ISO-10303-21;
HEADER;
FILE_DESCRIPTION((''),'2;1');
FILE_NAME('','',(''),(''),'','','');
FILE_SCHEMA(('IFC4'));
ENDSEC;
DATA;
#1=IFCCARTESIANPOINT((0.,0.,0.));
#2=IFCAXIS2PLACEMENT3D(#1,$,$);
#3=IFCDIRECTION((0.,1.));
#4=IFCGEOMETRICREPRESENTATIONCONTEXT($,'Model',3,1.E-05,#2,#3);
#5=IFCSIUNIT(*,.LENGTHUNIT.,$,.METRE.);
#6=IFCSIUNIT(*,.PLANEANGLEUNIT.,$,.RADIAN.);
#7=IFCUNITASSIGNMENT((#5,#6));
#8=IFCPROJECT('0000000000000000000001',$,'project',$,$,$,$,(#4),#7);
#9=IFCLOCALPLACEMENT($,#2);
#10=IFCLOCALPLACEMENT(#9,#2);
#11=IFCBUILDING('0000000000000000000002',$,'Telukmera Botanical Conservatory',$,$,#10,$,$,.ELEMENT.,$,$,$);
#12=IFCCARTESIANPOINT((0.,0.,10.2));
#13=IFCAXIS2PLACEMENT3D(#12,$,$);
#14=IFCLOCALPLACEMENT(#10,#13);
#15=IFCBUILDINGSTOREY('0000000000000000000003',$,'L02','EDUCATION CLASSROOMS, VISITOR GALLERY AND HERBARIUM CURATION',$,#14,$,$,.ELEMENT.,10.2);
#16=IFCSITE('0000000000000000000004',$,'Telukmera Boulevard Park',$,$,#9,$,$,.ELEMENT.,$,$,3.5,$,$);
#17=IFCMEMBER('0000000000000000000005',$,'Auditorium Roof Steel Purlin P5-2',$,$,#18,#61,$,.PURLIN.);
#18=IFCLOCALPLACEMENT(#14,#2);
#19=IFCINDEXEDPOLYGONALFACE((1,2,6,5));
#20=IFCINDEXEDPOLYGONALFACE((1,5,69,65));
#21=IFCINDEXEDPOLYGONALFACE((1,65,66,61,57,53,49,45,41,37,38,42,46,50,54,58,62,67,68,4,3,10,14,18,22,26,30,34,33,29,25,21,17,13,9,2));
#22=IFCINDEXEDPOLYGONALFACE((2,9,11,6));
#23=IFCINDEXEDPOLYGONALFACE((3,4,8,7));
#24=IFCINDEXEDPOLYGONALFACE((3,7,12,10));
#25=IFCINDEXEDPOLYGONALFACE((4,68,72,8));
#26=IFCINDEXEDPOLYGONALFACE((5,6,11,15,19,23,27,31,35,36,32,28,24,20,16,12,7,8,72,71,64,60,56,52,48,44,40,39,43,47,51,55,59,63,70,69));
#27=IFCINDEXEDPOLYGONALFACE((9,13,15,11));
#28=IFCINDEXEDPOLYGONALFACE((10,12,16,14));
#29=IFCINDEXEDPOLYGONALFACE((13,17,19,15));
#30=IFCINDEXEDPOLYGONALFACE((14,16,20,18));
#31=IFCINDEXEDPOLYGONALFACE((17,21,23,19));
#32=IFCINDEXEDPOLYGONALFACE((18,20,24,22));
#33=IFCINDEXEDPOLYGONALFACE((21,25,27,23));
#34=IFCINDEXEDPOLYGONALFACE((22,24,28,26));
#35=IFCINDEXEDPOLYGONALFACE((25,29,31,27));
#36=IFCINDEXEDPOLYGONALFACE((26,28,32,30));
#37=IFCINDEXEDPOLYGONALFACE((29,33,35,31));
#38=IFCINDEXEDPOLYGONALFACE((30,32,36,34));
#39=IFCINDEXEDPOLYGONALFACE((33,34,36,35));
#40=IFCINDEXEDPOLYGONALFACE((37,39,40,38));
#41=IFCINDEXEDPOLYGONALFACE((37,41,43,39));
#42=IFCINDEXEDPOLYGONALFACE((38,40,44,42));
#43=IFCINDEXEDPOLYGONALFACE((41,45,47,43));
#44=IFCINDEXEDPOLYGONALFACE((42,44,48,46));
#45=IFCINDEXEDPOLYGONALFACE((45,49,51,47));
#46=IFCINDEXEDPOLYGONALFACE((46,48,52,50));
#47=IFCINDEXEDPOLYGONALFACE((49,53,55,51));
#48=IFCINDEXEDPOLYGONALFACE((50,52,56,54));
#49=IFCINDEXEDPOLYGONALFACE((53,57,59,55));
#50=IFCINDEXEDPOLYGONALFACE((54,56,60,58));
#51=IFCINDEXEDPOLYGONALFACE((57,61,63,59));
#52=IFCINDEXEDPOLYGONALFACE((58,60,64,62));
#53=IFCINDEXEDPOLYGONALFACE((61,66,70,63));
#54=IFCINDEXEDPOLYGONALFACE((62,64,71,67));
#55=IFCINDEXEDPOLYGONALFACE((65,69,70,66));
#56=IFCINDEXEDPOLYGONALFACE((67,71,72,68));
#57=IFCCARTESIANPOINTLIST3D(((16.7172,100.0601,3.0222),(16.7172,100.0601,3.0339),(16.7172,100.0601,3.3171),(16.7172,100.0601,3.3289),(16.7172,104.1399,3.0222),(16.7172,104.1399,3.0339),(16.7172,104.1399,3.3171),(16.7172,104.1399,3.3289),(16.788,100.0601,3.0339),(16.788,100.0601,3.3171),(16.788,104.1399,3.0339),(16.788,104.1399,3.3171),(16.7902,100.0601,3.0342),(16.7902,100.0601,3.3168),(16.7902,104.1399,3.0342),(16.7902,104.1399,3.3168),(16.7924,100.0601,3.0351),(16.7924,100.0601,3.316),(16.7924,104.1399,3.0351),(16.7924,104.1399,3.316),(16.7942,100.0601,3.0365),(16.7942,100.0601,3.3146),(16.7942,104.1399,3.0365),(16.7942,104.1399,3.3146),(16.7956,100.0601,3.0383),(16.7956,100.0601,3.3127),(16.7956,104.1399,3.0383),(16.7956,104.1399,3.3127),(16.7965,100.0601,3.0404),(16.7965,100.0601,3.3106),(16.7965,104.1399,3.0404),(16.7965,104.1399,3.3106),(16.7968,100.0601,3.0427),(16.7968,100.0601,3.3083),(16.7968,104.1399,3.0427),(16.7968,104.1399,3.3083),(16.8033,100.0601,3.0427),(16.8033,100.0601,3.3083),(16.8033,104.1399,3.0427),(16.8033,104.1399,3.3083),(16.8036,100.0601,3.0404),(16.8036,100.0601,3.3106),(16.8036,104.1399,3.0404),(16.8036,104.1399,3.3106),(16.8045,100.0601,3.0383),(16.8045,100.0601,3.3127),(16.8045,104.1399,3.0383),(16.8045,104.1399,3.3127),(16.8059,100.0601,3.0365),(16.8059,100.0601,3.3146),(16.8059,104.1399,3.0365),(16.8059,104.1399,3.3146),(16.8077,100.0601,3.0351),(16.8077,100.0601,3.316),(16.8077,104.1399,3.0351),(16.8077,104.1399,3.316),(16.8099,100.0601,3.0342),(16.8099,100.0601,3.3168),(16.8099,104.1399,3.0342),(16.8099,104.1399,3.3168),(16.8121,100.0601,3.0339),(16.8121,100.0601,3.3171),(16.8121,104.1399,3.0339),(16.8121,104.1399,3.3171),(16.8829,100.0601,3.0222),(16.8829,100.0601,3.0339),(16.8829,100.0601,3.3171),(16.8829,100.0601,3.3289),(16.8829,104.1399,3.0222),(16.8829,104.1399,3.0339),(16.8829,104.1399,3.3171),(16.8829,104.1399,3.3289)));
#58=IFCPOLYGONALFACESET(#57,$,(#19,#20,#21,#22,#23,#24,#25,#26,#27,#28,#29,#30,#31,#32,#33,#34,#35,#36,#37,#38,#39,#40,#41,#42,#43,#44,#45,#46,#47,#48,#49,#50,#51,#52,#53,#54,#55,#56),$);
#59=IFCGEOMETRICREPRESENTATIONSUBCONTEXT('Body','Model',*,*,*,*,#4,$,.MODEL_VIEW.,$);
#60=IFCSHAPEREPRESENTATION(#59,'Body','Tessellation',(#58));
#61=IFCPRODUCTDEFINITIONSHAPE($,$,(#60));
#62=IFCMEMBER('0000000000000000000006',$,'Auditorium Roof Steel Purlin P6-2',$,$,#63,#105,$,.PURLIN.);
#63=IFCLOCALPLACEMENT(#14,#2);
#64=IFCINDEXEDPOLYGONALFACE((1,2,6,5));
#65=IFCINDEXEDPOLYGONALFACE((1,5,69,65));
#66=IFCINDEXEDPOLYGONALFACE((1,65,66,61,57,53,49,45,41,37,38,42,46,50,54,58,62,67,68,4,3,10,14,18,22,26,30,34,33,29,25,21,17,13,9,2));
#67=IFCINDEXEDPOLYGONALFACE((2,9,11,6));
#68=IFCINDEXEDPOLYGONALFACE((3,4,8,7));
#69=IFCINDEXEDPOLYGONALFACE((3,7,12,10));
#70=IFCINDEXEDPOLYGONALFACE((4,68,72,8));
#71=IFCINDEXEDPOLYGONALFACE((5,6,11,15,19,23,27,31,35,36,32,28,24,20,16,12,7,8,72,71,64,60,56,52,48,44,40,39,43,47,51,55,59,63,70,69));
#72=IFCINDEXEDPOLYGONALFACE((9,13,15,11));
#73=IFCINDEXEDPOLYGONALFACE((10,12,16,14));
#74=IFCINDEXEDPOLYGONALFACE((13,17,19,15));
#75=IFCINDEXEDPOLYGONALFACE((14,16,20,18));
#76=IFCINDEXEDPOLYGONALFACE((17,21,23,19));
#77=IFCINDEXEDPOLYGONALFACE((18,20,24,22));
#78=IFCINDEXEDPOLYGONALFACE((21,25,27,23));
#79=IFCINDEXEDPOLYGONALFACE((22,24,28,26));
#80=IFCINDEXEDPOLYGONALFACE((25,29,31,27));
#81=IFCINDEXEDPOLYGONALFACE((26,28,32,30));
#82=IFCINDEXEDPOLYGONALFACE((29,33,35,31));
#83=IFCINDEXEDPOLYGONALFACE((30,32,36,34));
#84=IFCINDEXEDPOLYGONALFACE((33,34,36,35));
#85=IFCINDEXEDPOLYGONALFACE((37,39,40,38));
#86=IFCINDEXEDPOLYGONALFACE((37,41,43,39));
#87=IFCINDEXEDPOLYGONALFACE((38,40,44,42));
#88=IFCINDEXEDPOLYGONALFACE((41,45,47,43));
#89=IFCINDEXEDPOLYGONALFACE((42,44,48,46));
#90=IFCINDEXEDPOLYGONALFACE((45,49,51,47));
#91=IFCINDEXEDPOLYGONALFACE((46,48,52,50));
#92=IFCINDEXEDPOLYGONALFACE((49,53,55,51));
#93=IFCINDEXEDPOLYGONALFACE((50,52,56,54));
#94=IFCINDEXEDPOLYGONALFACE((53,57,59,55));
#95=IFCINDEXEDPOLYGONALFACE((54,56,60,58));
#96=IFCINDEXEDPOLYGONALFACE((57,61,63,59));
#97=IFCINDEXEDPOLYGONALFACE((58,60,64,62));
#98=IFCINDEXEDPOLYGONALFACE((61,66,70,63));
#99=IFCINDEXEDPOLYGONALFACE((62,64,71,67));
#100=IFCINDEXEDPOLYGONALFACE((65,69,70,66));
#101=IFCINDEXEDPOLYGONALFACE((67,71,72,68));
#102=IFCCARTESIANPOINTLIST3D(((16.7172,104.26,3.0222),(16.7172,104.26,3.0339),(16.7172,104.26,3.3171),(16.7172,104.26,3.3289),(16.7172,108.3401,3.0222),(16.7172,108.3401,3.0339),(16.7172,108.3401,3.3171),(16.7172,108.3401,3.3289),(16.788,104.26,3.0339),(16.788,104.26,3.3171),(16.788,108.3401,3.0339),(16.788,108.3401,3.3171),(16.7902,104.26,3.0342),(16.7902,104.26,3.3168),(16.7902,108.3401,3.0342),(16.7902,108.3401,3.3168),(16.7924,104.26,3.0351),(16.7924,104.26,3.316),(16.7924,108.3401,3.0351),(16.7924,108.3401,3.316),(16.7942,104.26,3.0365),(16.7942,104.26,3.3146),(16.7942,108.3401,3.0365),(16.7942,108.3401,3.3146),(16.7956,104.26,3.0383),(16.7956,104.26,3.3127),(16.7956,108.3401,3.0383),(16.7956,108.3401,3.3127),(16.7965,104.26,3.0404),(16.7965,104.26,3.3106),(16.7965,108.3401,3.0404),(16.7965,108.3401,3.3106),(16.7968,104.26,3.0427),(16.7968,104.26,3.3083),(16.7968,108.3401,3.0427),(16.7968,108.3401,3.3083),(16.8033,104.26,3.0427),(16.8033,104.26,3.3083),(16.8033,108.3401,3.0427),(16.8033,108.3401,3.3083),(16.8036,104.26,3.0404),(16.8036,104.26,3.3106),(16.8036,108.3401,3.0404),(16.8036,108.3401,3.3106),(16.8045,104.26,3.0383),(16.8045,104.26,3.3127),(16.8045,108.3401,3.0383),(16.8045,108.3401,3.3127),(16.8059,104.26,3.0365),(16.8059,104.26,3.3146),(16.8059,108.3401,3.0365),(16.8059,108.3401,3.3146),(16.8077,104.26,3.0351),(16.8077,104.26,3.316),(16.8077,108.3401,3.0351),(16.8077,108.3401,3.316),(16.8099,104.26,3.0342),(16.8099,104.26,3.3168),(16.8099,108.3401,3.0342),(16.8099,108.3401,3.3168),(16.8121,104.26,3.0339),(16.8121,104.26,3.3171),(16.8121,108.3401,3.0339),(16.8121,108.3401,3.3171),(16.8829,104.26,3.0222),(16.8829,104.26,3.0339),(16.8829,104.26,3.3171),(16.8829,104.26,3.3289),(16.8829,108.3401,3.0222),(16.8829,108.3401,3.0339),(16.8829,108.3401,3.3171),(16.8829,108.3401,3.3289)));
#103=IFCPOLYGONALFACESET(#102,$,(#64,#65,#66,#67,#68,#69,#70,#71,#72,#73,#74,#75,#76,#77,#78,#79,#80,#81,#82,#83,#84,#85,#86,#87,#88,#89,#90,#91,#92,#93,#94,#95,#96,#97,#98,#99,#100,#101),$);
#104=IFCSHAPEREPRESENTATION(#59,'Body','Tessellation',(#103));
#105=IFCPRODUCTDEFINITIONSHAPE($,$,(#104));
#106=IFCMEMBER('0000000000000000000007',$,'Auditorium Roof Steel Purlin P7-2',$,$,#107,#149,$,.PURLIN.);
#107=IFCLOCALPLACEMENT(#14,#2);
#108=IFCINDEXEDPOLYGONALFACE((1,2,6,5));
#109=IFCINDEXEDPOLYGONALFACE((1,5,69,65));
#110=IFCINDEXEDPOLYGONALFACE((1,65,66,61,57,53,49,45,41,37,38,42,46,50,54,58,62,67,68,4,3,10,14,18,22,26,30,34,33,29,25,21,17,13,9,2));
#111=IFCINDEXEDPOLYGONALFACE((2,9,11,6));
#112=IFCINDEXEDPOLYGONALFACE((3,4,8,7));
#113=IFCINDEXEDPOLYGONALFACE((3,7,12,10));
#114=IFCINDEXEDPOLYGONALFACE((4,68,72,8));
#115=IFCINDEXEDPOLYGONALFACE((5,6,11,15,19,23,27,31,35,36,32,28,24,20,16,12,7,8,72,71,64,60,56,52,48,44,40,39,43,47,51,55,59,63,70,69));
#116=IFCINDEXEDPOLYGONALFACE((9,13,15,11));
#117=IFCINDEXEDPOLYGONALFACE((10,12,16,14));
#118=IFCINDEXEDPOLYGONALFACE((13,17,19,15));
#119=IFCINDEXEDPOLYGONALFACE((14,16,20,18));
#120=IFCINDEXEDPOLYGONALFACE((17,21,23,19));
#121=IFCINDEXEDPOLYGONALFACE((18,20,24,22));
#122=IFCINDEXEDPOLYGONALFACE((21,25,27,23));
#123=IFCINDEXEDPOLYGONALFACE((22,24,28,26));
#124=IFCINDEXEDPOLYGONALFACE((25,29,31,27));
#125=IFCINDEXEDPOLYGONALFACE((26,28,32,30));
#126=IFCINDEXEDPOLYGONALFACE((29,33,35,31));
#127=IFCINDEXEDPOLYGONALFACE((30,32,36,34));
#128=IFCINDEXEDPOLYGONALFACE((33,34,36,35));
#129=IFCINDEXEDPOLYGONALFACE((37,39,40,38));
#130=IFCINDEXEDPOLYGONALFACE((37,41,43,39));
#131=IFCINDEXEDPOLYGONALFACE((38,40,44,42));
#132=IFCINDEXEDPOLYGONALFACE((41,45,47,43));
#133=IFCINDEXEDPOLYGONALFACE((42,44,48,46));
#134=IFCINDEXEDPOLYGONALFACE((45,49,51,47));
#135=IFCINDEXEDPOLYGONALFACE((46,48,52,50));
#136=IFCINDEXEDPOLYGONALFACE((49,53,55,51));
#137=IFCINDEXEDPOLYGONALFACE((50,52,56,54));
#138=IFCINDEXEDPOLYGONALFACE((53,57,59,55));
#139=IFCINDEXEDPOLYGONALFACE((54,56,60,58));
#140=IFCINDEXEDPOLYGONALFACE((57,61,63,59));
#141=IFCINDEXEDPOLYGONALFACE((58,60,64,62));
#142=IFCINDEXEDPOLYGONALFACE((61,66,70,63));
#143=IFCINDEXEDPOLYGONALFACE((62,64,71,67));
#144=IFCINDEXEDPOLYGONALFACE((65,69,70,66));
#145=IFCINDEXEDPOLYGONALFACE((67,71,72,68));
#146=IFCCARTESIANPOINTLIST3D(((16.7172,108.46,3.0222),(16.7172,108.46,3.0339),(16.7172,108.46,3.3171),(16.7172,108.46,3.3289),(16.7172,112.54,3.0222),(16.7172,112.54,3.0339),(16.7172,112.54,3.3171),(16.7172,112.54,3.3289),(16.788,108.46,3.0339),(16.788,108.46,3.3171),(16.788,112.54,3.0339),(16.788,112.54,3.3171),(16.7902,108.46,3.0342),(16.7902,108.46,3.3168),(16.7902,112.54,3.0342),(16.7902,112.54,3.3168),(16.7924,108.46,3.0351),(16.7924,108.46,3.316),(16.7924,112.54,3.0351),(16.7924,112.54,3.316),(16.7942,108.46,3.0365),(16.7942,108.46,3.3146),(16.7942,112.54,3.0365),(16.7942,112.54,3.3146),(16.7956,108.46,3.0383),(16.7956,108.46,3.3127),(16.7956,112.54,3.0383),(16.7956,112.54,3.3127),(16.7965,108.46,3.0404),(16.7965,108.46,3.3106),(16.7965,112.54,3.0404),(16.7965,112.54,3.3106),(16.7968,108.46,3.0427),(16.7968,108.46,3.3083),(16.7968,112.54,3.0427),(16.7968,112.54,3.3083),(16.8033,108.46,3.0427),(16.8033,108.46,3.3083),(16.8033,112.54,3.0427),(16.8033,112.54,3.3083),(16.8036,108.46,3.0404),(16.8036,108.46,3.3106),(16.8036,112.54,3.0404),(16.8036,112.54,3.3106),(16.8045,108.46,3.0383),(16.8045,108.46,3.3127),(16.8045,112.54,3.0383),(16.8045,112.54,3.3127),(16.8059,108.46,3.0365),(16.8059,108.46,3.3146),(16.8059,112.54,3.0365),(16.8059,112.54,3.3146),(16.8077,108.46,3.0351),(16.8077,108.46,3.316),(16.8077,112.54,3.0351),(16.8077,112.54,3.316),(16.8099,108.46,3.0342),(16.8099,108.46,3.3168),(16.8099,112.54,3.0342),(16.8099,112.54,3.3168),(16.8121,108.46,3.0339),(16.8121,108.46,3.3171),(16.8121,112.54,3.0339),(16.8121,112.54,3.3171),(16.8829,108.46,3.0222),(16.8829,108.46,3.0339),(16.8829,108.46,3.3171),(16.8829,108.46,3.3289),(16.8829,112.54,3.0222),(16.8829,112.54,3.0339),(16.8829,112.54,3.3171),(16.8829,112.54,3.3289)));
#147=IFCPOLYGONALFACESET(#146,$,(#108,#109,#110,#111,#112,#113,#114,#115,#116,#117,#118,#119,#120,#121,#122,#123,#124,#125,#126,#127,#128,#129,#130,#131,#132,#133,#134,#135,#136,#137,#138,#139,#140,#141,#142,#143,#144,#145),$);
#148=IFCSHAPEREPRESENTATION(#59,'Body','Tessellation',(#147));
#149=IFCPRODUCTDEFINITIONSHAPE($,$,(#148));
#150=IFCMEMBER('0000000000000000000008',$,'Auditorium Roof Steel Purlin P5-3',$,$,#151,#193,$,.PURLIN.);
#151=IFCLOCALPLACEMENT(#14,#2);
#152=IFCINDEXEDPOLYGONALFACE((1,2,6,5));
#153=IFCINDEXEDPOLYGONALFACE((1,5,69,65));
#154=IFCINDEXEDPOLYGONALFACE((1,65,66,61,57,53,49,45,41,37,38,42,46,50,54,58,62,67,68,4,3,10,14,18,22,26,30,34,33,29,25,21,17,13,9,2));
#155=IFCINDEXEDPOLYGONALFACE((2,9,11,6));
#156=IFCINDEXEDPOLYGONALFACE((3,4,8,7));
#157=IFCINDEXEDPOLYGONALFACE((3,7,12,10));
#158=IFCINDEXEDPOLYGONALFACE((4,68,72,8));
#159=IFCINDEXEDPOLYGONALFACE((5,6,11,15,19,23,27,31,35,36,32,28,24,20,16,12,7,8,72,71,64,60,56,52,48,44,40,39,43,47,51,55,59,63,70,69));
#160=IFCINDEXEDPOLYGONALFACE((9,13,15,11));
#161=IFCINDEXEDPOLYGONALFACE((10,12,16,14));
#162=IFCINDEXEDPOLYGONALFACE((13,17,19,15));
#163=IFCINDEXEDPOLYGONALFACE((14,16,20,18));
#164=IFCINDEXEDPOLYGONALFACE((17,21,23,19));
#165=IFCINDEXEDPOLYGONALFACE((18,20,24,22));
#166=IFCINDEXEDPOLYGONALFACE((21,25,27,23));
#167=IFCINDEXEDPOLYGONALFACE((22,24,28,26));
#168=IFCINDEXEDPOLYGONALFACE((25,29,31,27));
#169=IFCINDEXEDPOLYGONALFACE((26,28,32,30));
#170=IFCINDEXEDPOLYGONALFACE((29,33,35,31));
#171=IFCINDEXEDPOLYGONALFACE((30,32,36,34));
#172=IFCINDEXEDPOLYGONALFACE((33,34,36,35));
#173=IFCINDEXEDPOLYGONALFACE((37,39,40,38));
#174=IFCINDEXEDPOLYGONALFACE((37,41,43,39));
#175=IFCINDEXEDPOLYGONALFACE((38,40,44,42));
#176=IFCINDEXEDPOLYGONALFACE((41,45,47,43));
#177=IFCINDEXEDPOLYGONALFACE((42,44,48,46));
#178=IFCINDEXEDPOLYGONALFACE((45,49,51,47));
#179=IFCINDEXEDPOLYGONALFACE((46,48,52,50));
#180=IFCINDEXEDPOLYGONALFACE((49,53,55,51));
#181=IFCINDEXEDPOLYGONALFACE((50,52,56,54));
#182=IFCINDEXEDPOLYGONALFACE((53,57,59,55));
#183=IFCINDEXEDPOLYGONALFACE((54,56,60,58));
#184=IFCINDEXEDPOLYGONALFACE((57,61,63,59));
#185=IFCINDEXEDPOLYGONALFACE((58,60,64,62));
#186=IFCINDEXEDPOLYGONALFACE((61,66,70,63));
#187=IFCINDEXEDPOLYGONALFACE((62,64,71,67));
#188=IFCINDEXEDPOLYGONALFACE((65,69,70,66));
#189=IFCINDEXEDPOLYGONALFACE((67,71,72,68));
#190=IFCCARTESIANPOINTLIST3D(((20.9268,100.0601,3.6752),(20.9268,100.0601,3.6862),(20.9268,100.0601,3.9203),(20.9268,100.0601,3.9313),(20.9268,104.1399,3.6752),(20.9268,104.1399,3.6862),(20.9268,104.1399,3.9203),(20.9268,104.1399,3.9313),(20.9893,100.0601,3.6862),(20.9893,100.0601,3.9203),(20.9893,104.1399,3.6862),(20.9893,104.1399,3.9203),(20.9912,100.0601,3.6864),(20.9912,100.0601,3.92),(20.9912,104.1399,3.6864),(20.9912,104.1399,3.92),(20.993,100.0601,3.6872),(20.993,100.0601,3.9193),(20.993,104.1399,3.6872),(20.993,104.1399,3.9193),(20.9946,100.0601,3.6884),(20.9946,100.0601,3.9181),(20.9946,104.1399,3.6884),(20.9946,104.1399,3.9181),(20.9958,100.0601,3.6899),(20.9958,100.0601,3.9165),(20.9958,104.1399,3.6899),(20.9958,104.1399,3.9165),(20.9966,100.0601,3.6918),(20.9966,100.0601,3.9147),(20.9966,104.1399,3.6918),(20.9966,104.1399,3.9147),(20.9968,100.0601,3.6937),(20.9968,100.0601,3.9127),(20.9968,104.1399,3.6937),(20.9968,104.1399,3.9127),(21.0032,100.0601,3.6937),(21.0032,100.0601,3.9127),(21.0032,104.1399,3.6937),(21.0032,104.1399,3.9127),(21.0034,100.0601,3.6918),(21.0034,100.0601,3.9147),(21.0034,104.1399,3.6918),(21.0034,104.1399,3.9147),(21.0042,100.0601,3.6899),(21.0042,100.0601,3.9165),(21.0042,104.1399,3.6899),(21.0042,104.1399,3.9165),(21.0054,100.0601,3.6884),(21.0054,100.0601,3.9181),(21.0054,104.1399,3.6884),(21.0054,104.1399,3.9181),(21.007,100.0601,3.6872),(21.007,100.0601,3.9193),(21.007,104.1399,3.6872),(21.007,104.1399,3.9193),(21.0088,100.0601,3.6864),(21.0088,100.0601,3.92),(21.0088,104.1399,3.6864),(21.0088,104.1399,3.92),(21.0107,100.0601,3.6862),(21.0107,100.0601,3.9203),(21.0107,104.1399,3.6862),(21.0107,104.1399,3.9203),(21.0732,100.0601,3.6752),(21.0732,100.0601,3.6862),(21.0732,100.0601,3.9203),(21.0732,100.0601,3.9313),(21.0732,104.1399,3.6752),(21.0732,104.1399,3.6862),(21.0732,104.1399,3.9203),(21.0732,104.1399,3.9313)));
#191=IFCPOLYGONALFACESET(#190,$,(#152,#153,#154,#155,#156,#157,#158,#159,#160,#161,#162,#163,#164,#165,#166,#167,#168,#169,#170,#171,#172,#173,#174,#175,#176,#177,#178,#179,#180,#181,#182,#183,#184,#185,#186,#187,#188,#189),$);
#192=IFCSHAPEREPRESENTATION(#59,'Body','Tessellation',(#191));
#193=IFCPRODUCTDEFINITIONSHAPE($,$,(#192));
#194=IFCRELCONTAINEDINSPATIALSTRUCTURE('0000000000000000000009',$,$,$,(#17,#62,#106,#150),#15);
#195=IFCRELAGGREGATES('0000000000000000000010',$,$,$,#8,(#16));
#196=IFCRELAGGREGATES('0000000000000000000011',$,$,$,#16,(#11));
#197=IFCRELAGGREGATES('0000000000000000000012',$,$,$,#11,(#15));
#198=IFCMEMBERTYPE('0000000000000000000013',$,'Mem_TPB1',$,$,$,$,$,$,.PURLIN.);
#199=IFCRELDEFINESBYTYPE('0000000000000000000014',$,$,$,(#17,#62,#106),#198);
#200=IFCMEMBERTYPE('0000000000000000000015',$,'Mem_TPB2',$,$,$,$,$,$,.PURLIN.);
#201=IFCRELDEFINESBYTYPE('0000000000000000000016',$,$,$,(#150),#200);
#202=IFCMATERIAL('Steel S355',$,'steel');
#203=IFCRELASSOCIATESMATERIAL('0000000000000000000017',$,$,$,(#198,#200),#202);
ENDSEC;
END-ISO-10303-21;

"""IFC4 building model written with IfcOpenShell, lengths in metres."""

from ifc_helpers import new_model, si_unit, direction, frame, origin, origin_2d, place, context, subcontext, project, spatial, i_section, extrude, material, material_profile, profile_set, type_object, element, save


model = new_model("IFC4")

# Units and contexts
model_context = context("Model", 3, precision=1e-05, world=origin(), true_north=direction((0.0, 1.0)))
body_context = subcontext(model_context, "Body", "Model", "MODEL_VIEW")
ifc_project = project(units=[si_unit("LENGTHUNIT", "METRE"), si_unit("PLANEANGLEUNIT", "RADIAN")], contexts=[model_context])

# Site, building, storey
site_placement = place(None, origin())
site = spatial("IfcSite", under=ifc_project, at=site_placement, Name="Telukmera Boulevard Park", CompositionType="ELEMENT", RefElevation=3.5)
building_placement = place(site_placement, origin())
building = spatial("IfcBuilding", under=site, at=building_placement, Name="Telukmera Botanical Conservatory", CompositionType="ELEMENT")
storey_placement = place(building_placement, frame((0.0, 0.0, 10.2)))
storey = spatial("IfcBuildingStorey", under=building, at=storey_placement, Name="L02", Description="EDUCATION CLASSROOMS, VISITOR GALLERY AND HERBARIUM CURATION", CompositionType="ELEMENT", Elevation=10.2)

# Members
ifc_material = material(Name="Steel S355", Category="steel")
ifc_material_profile_1 = material_profile(ifc_material, i_section(OverallWidth=0.1658, OverallDepth=0.3066, WebThickness=0.0066, FlangeThickness=0.0117, FilletRadius=0.0088, at=origin_2d()), Name="UB 305x165x46")
ifc_profile_set_1 = profile_set([ifc_material_profile_1], Name="Steel S355")
member_type_1 = type_object("IfcMemberType", Name="Mem_TPB1", PredefinedType="PURLIN", material=ifc_profile_set_1)
member_1_placement = place(storey_placement, frame((16.8, 100.0601, 3.1755), z_axis=(0.0, 1.0, 0.0), x_axis=(-1.0, 0.0, 0.0)))
element("IfcMember", 1, at=member_1_placement, inside=storey, type_object=member_type_1, Name="Auditorium Roof Steel Purlin P5-2", PredefinedType="PURLIN", context=body_context, shape_type="SweptSolid", body=[
    extrude(i_section(OverallWidth=0.1658, OverallDepth=0.3066, WebThickness=0.0066, FlangeThickness=0.0117, FilletRadius=0.0088, at=origin_2d()), origin(), (0.0, 0.0, 1.0), 4.0798),
])
for number, where, z_axis, x_axis, name in (
    (2, (16.8, 104.26, 3.1755), (0.0, 1.0, 0.0), (-1.0, 0.0, 0.0), "Auditorium Roof Steel Purlin P6-2"),
    (3, (16.8, 108.46, 3.1755), (0.0, 1.0, 0.0), (-1.0, 0.0, 0.0), "Auditorium Roof Steel Purlin P7-2"),
):
    element("IfcMember", number, at=place(storey_placement, frame(where, z_axis=z_axis, x_axis=x_axis)), inside=storey, type_object=member_type_1, Name=name, PredefinedType="PURLIN", context=body_context, shape_type="SweptSolid", body=[
        extrude(i_section(OverallWidth=0.1658, OverallDepth=0.3066, WebThickness=0.0066, FlangeThickness=0.0117, FilletRadius=0.0088, at=origin_2d()), origin(), (0.0, 0.0, 1.0), 4.0801),
    ])
ifc_material_profile_2 = material_profile(ifc_material, i_section(OverallWidth=0.1465, OverallDepth=0.2561, WebThickness=0.0063, FlangeThickness=0.011, FilletRadius=0.0076, at=origin_2d()), Name="UB 254x146x37")
ifc_profile_set_2 = profile_set([ifc_material_profile_2], Name="Steel S355")
member_type_2 = type_object("IfcMemberType", Name="Mem_TPB2", PredefinedType="PURLIN", material=ifc_profile_set_2)
member_2_placement = place(storey_placement, frame((21.0, 100.0601, 3.8032), z_axis=(0.0, 1.0, 0.0), x_axis=(-1.0, 0.0, 0.0)))
element("IfcMember", 4, at=member_2_placement, inside=storey, type_object=member_type_2, Name="Auditorium Roof Steel Purlin P5-3", PredefinedType="PURLIN", context=body_context, shape_type="SweptSolid", body=[
    extrude(i_section(OverallWidth=0.1465, OverallDepth=0.2561, WebThickness=0.0063, FlangeThickness=0.011, FilletRadius=0.0076, at=origin_2d()), origin(), (0.0, 0.0, 1.0), 4.0798),
])

save(model, "model.ifc")
